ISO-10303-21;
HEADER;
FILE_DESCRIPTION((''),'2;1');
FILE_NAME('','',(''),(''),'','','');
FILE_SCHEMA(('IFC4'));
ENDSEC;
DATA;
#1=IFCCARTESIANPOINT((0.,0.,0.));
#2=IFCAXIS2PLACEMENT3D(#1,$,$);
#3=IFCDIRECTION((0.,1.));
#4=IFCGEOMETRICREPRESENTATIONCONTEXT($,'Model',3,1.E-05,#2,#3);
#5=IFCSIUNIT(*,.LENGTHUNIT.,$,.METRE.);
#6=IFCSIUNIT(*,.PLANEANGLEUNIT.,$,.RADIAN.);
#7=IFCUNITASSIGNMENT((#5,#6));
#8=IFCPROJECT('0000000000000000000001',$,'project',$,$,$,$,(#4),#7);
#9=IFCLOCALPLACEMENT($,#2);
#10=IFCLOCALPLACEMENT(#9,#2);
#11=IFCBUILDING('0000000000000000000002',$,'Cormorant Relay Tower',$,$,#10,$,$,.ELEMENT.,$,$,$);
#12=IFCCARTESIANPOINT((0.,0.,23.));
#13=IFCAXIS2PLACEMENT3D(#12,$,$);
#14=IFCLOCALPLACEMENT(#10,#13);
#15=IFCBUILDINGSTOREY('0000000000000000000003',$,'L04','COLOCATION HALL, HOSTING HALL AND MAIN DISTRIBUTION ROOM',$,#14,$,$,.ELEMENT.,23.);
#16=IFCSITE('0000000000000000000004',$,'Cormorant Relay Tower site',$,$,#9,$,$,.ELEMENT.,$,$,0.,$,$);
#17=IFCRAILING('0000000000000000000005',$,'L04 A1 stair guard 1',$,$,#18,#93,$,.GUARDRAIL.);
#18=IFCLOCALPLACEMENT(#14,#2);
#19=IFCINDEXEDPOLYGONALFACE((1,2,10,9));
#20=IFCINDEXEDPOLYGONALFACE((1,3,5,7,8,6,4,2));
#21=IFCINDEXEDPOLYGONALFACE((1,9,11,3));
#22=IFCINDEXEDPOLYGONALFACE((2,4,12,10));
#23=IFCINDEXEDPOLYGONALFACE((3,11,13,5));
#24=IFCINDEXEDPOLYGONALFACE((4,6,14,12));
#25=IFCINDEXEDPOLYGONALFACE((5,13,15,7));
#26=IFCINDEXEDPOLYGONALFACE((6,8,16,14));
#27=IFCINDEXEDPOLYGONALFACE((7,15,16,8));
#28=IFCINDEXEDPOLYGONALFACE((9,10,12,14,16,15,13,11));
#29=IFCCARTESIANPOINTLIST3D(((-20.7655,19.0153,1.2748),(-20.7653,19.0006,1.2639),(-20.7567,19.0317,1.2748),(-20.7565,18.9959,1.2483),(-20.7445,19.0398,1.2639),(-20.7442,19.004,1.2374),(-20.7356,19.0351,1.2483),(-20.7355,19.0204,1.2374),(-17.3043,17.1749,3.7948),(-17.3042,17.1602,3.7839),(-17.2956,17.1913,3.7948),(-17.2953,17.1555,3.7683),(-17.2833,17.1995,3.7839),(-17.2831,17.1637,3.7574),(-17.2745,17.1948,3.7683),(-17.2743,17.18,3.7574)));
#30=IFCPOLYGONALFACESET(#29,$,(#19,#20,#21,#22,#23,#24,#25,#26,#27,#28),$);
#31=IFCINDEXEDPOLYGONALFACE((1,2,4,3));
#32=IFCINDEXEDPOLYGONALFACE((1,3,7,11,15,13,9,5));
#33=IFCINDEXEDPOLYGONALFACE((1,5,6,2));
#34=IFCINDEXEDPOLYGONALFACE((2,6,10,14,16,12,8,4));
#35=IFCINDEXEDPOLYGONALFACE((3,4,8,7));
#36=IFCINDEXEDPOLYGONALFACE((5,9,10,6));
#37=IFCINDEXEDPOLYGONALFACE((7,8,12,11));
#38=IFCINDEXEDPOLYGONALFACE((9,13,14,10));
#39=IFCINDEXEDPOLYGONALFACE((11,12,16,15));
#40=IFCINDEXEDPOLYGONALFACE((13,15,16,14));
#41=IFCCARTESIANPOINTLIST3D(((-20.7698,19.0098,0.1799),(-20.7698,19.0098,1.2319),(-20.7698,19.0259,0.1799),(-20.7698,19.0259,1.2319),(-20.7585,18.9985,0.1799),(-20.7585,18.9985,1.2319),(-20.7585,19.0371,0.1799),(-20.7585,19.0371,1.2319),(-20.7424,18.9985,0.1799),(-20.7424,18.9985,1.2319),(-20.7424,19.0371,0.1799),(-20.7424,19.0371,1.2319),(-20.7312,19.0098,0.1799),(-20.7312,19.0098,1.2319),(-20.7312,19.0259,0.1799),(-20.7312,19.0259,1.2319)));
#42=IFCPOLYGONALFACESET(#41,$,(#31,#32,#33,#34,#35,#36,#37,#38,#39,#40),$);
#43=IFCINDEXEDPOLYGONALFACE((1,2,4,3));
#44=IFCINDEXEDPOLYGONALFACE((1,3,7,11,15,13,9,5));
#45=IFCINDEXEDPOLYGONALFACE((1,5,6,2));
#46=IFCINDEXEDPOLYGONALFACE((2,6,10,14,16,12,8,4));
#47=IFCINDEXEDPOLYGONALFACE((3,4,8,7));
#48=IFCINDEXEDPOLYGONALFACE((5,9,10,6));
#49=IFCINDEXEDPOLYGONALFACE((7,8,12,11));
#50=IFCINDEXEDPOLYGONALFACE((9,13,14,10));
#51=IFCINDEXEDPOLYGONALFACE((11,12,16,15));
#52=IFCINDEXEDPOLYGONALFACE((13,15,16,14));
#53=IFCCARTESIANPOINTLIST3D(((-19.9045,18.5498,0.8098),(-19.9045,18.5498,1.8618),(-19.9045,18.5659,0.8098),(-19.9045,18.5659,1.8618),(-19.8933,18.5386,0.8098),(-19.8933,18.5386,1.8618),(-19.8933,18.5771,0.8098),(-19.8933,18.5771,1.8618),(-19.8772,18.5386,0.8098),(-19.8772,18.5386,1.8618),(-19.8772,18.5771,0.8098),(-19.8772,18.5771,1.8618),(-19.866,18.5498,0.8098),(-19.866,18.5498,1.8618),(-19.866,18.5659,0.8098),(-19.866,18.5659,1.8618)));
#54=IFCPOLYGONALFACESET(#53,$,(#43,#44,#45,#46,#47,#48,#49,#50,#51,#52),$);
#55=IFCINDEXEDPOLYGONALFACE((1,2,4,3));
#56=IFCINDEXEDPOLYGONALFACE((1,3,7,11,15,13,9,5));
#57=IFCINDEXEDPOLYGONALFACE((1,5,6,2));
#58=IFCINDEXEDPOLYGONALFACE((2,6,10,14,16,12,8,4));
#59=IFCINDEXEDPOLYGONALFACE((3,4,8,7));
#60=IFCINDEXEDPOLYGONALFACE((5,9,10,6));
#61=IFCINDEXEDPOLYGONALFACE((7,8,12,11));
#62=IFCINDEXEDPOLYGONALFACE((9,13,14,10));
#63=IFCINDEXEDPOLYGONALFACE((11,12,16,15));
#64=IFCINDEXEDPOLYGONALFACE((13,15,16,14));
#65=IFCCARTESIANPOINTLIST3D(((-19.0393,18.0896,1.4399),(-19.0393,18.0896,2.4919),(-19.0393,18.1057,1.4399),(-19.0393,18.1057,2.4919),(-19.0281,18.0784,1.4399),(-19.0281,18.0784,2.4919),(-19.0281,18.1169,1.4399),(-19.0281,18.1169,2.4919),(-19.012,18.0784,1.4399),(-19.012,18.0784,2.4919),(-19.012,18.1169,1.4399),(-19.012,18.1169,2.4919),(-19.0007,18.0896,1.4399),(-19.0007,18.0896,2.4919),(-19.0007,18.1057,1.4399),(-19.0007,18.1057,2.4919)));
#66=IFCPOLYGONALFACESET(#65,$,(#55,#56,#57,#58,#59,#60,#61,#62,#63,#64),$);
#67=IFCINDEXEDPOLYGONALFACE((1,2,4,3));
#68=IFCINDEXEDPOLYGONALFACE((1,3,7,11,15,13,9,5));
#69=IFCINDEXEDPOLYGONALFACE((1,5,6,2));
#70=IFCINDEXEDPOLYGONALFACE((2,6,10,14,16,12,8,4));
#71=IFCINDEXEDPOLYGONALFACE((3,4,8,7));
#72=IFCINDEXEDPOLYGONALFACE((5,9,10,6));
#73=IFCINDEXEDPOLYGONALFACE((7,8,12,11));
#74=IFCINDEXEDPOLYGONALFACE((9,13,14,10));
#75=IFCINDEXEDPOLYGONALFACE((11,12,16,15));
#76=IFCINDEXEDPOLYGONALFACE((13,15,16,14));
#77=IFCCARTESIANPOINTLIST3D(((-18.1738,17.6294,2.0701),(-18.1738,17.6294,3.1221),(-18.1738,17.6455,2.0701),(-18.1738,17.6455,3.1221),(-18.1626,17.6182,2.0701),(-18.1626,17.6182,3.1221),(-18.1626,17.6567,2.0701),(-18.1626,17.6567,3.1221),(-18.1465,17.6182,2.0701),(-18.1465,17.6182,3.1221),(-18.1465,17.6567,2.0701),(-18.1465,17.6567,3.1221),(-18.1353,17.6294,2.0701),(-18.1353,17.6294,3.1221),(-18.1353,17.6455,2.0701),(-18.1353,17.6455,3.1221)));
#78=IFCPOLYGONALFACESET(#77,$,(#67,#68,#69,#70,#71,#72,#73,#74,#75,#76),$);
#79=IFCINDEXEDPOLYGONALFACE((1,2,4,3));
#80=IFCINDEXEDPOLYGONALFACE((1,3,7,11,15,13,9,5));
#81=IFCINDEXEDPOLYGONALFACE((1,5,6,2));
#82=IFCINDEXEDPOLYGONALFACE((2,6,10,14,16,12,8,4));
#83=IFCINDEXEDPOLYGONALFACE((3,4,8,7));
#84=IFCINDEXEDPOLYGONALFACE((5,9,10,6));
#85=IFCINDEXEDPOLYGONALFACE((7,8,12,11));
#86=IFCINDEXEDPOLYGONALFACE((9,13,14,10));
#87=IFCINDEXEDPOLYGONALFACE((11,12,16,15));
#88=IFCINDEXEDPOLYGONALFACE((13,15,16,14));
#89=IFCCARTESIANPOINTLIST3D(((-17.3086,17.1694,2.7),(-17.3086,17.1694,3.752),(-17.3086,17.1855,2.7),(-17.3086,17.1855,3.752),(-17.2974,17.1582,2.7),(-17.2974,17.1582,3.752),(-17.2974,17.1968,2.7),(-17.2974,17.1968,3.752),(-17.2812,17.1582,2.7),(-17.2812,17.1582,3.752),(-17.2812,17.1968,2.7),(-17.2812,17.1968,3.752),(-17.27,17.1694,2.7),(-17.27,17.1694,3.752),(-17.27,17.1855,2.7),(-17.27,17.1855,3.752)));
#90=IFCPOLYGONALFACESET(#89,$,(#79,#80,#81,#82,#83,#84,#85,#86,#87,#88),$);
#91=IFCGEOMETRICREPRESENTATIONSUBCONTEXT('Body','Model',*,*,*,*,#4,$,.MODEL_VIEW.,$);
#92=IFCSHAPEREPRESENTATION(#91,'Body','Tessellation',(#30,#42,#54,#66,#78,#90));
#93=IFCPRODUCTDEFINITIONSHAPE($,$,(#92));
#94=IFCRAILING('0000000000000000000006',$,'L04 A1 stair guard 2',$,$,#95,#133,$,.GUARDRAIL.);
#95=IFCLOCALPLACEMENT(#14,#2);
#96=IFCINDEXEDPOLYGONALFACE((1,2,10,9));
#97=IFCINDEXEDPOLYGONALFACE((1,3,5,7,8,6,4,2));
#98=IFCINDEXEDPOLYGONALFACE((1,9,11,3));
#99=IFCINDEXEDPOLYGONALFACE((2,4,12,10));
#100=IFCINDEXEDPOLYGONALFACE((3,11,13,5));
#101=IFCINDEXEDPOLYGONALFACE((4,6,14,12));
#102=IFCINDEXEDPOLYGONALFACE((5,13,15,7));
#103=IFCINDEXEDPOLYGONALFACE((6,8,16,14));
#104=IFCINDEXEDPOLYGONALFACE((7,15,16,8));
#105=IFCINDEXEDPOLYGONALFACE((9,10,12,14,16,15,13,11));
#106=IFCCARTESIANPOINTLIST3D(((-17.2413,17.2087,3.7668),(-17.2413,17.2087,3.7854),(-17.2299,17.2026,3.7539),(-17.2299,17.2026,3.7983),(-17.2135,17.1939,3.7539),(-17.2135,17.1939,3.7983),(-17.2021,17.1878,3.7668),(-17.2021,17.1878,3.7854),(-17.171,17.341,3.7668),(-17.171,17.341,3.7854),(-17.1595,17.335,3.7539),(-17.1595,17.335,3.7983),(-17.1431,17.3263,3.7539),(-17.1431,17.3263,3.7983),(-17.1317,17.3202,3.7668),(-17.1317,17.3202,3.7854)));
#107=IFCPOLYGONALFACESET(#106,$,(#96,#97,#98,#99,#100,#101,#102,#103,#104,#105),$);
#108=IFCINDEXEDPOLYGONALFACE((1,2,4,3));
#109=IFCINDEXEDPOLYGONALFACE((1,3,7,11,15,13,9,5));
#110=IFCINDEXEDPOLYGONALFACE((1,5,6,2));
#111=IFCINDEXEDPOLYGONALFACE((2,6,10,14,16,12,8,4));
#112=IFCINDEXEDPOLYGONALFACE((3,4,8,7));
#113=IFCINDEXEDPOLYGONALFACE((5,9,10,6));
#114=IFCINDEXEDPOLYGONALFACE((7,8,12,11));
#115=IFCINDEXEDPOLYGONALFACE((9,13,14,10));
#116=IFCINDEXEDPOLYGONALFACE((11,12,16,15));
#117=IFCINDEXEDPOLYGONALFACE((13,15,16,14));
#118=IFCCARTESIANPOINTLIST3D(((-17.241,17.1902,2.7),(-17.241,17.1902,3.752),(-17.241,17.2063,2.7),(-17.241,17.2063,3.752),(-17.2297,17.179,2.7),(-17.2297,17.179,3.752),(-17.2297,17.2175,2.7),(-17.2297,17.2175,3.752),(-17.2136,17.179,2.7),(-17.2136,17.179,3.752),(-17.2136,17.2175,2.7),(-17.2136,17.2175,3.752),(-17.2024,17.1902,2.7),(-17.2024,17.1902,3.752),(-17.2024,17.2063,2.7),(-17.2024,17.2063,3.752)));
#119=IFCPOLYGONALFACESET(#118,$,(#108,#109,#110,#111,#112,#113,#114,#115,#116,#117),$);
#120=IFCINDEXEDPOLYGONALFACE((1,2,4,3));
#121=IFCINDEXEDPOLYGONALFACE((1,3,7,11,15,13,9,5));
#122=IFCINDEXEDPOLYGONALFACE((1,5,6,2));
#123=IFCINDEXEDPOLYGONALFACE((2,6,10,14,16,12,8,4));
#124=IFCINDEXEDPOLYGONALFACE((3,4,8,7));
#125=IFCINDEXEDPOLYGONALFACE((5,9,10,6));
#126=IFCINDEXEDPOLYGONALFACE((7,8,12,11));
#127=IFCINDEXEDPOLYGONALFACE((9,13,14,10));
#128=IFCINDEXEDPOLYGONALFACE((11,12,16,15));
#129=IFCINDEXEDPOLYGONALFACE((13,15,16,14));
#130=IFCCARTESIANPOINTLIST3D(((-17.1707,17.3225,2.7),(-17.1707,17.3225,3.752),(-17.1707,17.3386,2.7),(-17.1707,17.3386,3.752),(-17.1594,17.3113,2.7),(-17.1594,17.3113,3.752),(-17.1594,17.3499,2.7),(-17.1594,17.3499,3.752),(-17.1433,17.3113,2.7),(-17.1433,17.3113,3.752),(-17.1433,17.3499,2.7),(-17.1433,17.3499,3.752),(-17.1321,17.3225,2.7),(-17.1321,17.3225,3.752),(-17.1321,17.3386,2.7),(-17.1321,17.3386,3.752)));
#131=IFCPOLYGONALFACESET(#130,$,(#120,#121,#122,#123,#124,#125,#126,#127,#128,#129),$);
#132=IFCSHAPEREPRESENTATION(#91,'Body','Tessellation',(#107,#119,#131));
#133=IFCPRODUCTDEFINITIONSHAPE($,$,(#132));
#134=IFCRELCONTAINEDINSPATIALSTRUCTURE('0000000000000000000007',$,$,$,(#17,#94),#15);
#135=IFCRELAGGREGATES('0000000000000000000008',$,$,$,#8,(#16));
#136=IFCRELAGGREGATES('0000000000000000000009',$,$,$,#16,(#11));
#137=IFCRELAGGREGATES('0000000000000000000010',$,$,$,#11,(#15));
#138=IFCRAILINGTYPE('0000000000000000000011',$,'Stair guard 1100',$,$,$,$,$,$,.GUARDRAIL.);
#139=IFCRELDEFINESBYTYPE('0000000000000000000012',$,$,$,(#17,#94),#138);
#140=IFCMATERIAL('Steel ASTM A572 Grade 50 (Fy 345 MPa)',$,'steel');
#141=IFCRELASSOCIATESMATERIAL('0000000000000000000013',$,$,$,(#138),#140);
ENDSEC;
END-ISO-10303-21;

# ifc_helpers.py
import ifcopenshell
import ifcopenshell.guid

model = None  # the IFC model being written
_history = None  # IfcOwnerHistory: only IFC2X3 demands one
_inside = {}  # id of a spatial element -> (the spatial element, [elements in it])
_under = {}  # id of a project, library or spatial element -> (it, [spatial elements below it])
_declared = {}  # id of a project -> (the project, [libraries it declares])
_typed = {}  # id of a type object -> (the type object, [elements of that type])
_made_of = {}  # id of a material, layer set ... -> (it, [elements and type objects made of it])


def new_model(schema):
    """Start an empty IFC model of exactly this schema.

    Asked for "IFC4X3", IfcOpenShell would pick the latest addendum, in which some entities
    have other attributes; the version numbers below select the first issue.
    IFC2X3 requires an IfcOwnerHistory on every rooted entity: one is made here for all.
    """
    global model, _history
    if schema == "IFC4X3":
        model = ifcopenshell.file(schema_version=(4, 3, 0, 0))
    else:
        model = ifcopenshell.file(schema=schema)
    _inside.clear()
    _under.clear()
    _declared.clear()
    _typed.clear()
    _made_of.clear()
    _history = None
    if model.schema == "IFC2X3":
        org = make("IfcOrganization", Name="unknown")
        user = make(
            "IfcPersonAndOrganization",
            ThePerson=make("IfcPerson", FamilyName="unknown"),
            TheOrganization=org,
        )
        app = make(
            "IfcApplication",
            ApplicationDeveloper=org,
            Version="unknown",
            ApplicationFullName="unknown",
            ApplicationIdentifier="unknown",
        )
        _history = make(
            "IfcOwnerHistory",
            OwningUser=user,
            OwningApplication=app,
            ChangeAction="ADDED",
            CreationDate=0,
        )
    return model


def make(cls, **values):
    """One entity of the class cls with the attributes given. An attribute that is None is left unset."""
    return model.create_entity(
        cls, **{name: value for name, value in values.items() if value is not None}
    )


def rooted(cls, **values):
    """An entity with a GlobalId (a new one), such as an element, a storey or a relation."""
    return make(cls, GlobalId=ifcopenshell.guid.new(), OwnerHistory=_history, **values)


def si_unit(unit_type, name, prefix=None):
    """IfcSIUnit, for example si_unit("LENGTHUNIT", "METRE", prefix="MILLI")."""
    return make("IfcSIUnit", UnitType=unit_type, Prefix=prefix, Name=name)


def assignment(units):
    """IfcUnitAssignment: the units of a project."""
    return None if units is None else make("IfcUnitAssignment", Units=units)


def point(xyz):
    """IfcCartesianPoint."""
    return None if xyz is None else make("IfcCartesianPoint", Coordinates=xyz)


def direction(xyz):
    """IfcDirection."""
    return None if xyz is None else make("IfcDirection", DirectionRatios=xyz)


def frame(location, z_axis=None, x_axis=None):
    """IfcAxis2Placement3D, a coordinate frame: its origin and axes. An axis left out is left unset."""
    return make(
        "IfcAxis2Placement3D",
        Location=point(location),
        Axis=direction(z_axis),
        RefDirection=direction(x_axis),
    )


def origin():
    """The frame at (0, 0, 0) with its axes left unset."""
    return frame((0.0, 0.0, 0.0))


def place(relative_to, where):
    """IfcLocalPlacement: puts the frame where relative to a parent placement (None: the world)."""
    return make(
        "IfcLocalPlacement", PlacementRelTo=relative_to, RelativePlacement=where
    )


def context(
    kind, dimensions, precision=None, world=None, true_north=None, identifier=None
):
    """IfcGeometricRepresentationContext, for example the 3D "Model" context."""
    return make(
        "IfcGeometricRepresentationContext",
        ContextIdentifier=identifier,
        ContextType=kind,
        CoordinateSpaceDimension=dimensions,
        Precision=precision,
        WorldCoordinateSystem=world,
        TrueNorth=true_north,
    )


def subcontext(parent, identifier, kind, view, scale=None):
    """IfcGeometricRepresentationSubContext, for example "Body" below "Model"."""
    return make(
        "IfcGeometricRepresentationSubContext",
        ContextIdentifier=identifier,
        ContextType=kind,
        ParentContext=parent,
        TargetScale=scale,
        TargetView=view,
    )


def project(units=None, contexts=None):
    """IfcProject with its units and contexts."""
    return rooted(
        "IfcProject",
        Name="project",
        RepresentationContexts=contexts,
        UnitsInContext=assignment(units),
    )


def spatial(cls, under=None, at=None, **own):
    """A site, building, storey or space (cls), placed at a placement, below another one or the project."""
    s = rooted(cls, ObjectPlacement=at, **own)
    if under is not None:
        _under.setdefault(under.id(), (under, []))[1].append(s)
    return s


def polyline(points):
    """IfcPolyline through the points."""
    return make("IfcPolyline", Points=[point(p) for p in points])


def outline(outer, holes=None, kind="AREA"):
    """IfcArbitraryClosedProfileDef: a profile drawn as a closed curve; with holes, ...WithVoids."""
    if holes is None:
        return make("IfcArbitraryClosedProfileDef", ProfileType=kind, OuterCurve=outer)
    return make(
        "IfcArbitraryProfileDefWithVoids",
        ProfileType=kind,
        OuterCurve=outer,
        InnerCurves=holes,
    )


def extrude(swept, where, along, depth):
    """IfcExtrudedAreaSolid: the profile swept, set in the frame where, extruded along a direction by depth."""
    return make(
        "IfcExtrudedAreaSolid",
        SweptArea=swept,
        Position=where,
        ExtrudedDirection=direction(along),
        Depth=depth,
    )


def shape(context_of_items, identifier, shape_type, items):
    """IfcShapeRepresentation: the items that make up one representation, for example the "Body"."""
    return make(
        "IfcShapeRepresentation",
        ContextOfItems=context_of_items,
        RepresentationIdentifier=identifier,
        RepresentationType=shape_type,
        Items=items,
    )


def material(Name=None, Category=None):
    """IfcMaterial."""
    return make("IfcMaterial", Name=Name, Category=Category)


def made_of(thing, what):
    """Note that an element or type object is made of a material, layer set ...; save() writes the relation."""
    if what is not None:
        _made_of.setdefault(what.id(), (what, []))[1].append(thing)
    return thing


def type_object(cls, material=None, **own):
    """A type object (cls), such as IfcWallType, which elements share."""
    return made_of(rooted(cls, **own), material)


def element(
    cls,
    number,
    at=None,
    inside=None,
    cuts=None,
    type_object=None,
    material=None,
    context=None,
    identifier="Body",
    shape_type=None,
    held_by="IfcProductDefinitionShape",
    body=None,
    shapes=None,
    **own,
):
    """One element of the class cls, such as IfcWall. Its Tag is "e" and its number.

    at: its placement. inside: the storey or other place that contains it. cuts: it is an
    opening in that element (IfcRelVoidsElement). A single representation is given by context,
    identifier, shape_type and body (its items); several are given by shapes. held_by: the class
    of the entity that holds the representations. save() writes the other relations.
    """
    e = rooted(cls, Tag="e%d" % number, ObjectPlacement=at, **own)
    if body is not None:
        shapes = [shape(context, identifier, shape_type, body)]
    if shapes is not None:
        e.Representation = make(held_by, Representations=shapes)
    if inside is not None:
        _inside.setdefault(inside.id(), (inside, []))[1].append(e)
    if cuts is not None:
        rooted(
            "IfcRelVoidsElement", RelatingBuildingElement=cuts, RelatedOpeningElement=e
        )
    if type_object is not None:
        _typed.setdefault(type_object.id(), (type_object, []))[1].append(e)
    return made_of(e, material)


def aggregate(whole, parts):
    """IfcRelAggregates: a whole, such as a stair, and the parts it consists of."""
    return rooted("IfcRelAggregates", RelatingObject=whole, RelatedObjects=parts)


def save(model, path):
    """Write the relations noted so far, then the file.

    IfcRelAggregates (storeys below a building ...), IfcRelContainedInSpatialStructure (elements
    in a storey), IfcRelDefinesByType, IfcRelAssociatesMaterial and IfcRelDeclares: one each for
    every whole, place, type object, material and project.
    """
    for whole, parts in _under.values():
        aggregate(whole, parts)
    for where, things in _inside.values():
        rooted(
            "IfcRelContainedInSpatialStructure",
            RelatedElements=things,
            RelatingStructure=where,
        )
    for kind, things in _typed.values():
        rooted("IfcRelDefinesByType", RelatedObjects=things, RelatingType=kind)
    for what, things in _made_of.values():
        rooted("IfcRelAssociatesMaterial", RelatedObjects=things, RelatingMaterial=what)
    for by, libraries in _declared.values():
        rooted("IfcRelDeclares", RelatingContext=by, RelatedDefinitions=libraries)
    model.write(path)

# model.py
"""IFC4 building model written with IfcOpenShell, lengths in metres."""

from ifc_helpers import new_model, si_unit, direction, frame, origin, place, context, subcontext, project, spatial, polyline, outline, extrude, material, type_object, element, save


model = new_model("IFC4")

# Units and contexts
model_context = context("Model", 3, precision=1e-05, world=origin(), true_north=direction((0.0, 1.0)))
body_context = subcontext(model_context, "Body", "Model", "MODEL_VIEW")
ifc_project = project(units=[si_unit("LENGTHUNIT", "METRE"), si_unit("PLANEANGLEUNIT", "RADIAN")], contexts=[model_context])

# Site, building, storey
site_placement = place(None, origin())
site = spatial("IfcSite", under=ifc_project, at=site_placement, Name="Cormorant Relay Tower site", CompositionType="ELEMENT", RefElevation=0.0)
building_placement = place(site_placement, origin())
building = spatial("IfcBuilding", under=site, at=building_placement, Name="Cormorant Relay Tower", CompositionType="ELEMENT")
storey_placement = place(building_placement, frame((0.0, 0.0, 23.0)))
storey = spatial("IfcBuildingStorey", under=building, at=storey_placement, Name="L04", Description="COLOCATION HALL, HOSTING HALL AND MAIN DISTRIBUTION ROOM", CompositionType="ELEMENT", Elevation=23.0)

# Railings
ifc_material_1 = material(Name="Steel ASTM A572 Grade 50 (Fy 345 MPa)", Category="steel")
railing_type_1 = type_object("IfcRailingType", Name="Stair guard 1100", PredefinedType="GUARDRAIL", material=ifc_material_1)
railing_1_placement = place(storey_placement, frame((-20.7505, 19.0178, 0.1799)))
element("IfcRailing", 1, at=railing_1_placement, inside=storey, type_object=railing_type_1, Name="L04 A1 stair guard 1", PredefinedType="GUARDRAIL", context=body_context, shape_type="SweptSolid", body=[
    extrude(outline(polyline([(0.0222, 0.0093), (0.0093, 0.0222), (-0.0093, 0.0222), (-0.0222, 0.0093), (-0.0222, -0.0093), (-0.0093, -0.0222), (0.0093, -0.0222), (0.0222, -0.0093), (0.0222, 0.0093)])), frame((0.0, 0.0, 1.0762), z_axis=(0.742717, -0.394907, 0.540758), x_axis=(0.469469, 0.882949, 0.0)), (0.0, 0.0, 1.0), 4.6602),
    extrude(outline(polyline([(0.0193, 0.0081), (0.0081, 0.0193), (-0.0081, 0.0193), (-0.0193, 0.0081), (-0.0193, -0.0081), (-0.0081, -0.0193), (0.0081, -0.0193), (0.0193, -0.0081), (0.0193, 0.0081)])), origin(), (0.0, 0.0, 1.0), 1.052),
    extrude(outline(polyline([(0.0193, 0.0081), (0.0081, 0.0193), (-0.0081, 0.0193), (-0.0193, 0.0081), (-0.0193, -0.0081), (-0.0081, -0.0193), (0.0081, -0.0193), (0.0193, -0.0081), (0.0193, 0.0081)])), frame((0.8652, -0.46, 0.6299)), (0.0, 0.0, 1.0), 1.052),
    extrude(outline(polyline([(0.0193, 0.0081), (0.0081, 0.0193), (-0.0081, 0.0193), (-0.0193, 0.0081), (-0.0193, -0.0081), (-0.0081, -0.0193), (0.0081, -0.0193), (0.0193, -0.0081), (0.0193, 0.0081)])), frame((1.7305, -0.9202, 1.26)), (0.0, 0.0, 1.0), 1.052),
    extrude(outline(polyline([(0.0193, 0.0081), (0.0081, 0.0193), (-0.0081, 0.0193), (-0.0193, 0.0081), (-0.0193, -0.0081), (-0.0081, -0.0193), (0.0081, -0.0193), (0.0193, -0.0081), (0.0193, 0.0081)])), frame((2.5959, -1.3804, 1.8901)), (0.0, 0.0, 1.0), 1.052),
    extrude(outline(polyline([(0.0193, 0.0081), (0.0081, 0.0193), (-0.0081, 0.0193), (-0.0193, 0.0081), (-0.0193, -0.0081), (-0.0081, -0.0193), (0.0081, -0.0193), (0.0193, -0.0081), (0.0193, 0.0081)])), frame((3.4612, -1.8403, 2.52)), (0.0, 0.0, 1.0), 1.052),
])
railing_2_placement = place(storey_placement, frame((-17.2217, 17.1982, 2.7)))
element("IfcRailing", 2, at=railing_2_placement, inside=storey, type_object=railing_type_1, Name="L04 A1 stair guard 2", PredefinedType="GUARDRAIL", context=body_context, shape_type="SweptSolid", body=[
    extrude(outline(polyline([(0.0222, 0.0093), (0.0093, 0.0222), (-0.0093, 0.0222), (-0.0222, 0.0093), (-0.0222, -0.0093), (-0.0093, -0.0222), (0.0093, -0.0222), (0.0222, -0.0093), (0.0222, 0.0093)])), frame((0.0, 0.0, 1.0762), z_axis=(0.469235, 0.883074, 0.0), x_axis=(-0.883074, 0.469235, 0.0)), (0.0, 0.0, 1.0), 0.1499),
    extrude(outline(polyline([(0.0193, 0.0081), (0.0081, 0.0193), (-0.0081, 0.0193), (-0.0193, 0.0081), (-0.0193, -0.0081), (-0.0081, -0.0193), (0.0081, -0.0193), (0.0193, -0.0081), (0.0193, 0.0081)])), origin(), (0.0, 0.0, 1.0), 1.052),
    extrude(outline(polyline([(0.0193, 0.0081), (0.0081, 0.0193), (-0.0081, 0.0193), (-0.0193, 0.0081), (-0.0193, -0.0081), (-0.0081, -0.0193), (0.0081, -0.0193), (0.0193, -0.0081), (0.0193, 0.0081)])), frame((0.0703, 0.1323, 0.0)), (0.0, 0.0, 1.0), 1.052),
])

save(model, "model.ifc")
